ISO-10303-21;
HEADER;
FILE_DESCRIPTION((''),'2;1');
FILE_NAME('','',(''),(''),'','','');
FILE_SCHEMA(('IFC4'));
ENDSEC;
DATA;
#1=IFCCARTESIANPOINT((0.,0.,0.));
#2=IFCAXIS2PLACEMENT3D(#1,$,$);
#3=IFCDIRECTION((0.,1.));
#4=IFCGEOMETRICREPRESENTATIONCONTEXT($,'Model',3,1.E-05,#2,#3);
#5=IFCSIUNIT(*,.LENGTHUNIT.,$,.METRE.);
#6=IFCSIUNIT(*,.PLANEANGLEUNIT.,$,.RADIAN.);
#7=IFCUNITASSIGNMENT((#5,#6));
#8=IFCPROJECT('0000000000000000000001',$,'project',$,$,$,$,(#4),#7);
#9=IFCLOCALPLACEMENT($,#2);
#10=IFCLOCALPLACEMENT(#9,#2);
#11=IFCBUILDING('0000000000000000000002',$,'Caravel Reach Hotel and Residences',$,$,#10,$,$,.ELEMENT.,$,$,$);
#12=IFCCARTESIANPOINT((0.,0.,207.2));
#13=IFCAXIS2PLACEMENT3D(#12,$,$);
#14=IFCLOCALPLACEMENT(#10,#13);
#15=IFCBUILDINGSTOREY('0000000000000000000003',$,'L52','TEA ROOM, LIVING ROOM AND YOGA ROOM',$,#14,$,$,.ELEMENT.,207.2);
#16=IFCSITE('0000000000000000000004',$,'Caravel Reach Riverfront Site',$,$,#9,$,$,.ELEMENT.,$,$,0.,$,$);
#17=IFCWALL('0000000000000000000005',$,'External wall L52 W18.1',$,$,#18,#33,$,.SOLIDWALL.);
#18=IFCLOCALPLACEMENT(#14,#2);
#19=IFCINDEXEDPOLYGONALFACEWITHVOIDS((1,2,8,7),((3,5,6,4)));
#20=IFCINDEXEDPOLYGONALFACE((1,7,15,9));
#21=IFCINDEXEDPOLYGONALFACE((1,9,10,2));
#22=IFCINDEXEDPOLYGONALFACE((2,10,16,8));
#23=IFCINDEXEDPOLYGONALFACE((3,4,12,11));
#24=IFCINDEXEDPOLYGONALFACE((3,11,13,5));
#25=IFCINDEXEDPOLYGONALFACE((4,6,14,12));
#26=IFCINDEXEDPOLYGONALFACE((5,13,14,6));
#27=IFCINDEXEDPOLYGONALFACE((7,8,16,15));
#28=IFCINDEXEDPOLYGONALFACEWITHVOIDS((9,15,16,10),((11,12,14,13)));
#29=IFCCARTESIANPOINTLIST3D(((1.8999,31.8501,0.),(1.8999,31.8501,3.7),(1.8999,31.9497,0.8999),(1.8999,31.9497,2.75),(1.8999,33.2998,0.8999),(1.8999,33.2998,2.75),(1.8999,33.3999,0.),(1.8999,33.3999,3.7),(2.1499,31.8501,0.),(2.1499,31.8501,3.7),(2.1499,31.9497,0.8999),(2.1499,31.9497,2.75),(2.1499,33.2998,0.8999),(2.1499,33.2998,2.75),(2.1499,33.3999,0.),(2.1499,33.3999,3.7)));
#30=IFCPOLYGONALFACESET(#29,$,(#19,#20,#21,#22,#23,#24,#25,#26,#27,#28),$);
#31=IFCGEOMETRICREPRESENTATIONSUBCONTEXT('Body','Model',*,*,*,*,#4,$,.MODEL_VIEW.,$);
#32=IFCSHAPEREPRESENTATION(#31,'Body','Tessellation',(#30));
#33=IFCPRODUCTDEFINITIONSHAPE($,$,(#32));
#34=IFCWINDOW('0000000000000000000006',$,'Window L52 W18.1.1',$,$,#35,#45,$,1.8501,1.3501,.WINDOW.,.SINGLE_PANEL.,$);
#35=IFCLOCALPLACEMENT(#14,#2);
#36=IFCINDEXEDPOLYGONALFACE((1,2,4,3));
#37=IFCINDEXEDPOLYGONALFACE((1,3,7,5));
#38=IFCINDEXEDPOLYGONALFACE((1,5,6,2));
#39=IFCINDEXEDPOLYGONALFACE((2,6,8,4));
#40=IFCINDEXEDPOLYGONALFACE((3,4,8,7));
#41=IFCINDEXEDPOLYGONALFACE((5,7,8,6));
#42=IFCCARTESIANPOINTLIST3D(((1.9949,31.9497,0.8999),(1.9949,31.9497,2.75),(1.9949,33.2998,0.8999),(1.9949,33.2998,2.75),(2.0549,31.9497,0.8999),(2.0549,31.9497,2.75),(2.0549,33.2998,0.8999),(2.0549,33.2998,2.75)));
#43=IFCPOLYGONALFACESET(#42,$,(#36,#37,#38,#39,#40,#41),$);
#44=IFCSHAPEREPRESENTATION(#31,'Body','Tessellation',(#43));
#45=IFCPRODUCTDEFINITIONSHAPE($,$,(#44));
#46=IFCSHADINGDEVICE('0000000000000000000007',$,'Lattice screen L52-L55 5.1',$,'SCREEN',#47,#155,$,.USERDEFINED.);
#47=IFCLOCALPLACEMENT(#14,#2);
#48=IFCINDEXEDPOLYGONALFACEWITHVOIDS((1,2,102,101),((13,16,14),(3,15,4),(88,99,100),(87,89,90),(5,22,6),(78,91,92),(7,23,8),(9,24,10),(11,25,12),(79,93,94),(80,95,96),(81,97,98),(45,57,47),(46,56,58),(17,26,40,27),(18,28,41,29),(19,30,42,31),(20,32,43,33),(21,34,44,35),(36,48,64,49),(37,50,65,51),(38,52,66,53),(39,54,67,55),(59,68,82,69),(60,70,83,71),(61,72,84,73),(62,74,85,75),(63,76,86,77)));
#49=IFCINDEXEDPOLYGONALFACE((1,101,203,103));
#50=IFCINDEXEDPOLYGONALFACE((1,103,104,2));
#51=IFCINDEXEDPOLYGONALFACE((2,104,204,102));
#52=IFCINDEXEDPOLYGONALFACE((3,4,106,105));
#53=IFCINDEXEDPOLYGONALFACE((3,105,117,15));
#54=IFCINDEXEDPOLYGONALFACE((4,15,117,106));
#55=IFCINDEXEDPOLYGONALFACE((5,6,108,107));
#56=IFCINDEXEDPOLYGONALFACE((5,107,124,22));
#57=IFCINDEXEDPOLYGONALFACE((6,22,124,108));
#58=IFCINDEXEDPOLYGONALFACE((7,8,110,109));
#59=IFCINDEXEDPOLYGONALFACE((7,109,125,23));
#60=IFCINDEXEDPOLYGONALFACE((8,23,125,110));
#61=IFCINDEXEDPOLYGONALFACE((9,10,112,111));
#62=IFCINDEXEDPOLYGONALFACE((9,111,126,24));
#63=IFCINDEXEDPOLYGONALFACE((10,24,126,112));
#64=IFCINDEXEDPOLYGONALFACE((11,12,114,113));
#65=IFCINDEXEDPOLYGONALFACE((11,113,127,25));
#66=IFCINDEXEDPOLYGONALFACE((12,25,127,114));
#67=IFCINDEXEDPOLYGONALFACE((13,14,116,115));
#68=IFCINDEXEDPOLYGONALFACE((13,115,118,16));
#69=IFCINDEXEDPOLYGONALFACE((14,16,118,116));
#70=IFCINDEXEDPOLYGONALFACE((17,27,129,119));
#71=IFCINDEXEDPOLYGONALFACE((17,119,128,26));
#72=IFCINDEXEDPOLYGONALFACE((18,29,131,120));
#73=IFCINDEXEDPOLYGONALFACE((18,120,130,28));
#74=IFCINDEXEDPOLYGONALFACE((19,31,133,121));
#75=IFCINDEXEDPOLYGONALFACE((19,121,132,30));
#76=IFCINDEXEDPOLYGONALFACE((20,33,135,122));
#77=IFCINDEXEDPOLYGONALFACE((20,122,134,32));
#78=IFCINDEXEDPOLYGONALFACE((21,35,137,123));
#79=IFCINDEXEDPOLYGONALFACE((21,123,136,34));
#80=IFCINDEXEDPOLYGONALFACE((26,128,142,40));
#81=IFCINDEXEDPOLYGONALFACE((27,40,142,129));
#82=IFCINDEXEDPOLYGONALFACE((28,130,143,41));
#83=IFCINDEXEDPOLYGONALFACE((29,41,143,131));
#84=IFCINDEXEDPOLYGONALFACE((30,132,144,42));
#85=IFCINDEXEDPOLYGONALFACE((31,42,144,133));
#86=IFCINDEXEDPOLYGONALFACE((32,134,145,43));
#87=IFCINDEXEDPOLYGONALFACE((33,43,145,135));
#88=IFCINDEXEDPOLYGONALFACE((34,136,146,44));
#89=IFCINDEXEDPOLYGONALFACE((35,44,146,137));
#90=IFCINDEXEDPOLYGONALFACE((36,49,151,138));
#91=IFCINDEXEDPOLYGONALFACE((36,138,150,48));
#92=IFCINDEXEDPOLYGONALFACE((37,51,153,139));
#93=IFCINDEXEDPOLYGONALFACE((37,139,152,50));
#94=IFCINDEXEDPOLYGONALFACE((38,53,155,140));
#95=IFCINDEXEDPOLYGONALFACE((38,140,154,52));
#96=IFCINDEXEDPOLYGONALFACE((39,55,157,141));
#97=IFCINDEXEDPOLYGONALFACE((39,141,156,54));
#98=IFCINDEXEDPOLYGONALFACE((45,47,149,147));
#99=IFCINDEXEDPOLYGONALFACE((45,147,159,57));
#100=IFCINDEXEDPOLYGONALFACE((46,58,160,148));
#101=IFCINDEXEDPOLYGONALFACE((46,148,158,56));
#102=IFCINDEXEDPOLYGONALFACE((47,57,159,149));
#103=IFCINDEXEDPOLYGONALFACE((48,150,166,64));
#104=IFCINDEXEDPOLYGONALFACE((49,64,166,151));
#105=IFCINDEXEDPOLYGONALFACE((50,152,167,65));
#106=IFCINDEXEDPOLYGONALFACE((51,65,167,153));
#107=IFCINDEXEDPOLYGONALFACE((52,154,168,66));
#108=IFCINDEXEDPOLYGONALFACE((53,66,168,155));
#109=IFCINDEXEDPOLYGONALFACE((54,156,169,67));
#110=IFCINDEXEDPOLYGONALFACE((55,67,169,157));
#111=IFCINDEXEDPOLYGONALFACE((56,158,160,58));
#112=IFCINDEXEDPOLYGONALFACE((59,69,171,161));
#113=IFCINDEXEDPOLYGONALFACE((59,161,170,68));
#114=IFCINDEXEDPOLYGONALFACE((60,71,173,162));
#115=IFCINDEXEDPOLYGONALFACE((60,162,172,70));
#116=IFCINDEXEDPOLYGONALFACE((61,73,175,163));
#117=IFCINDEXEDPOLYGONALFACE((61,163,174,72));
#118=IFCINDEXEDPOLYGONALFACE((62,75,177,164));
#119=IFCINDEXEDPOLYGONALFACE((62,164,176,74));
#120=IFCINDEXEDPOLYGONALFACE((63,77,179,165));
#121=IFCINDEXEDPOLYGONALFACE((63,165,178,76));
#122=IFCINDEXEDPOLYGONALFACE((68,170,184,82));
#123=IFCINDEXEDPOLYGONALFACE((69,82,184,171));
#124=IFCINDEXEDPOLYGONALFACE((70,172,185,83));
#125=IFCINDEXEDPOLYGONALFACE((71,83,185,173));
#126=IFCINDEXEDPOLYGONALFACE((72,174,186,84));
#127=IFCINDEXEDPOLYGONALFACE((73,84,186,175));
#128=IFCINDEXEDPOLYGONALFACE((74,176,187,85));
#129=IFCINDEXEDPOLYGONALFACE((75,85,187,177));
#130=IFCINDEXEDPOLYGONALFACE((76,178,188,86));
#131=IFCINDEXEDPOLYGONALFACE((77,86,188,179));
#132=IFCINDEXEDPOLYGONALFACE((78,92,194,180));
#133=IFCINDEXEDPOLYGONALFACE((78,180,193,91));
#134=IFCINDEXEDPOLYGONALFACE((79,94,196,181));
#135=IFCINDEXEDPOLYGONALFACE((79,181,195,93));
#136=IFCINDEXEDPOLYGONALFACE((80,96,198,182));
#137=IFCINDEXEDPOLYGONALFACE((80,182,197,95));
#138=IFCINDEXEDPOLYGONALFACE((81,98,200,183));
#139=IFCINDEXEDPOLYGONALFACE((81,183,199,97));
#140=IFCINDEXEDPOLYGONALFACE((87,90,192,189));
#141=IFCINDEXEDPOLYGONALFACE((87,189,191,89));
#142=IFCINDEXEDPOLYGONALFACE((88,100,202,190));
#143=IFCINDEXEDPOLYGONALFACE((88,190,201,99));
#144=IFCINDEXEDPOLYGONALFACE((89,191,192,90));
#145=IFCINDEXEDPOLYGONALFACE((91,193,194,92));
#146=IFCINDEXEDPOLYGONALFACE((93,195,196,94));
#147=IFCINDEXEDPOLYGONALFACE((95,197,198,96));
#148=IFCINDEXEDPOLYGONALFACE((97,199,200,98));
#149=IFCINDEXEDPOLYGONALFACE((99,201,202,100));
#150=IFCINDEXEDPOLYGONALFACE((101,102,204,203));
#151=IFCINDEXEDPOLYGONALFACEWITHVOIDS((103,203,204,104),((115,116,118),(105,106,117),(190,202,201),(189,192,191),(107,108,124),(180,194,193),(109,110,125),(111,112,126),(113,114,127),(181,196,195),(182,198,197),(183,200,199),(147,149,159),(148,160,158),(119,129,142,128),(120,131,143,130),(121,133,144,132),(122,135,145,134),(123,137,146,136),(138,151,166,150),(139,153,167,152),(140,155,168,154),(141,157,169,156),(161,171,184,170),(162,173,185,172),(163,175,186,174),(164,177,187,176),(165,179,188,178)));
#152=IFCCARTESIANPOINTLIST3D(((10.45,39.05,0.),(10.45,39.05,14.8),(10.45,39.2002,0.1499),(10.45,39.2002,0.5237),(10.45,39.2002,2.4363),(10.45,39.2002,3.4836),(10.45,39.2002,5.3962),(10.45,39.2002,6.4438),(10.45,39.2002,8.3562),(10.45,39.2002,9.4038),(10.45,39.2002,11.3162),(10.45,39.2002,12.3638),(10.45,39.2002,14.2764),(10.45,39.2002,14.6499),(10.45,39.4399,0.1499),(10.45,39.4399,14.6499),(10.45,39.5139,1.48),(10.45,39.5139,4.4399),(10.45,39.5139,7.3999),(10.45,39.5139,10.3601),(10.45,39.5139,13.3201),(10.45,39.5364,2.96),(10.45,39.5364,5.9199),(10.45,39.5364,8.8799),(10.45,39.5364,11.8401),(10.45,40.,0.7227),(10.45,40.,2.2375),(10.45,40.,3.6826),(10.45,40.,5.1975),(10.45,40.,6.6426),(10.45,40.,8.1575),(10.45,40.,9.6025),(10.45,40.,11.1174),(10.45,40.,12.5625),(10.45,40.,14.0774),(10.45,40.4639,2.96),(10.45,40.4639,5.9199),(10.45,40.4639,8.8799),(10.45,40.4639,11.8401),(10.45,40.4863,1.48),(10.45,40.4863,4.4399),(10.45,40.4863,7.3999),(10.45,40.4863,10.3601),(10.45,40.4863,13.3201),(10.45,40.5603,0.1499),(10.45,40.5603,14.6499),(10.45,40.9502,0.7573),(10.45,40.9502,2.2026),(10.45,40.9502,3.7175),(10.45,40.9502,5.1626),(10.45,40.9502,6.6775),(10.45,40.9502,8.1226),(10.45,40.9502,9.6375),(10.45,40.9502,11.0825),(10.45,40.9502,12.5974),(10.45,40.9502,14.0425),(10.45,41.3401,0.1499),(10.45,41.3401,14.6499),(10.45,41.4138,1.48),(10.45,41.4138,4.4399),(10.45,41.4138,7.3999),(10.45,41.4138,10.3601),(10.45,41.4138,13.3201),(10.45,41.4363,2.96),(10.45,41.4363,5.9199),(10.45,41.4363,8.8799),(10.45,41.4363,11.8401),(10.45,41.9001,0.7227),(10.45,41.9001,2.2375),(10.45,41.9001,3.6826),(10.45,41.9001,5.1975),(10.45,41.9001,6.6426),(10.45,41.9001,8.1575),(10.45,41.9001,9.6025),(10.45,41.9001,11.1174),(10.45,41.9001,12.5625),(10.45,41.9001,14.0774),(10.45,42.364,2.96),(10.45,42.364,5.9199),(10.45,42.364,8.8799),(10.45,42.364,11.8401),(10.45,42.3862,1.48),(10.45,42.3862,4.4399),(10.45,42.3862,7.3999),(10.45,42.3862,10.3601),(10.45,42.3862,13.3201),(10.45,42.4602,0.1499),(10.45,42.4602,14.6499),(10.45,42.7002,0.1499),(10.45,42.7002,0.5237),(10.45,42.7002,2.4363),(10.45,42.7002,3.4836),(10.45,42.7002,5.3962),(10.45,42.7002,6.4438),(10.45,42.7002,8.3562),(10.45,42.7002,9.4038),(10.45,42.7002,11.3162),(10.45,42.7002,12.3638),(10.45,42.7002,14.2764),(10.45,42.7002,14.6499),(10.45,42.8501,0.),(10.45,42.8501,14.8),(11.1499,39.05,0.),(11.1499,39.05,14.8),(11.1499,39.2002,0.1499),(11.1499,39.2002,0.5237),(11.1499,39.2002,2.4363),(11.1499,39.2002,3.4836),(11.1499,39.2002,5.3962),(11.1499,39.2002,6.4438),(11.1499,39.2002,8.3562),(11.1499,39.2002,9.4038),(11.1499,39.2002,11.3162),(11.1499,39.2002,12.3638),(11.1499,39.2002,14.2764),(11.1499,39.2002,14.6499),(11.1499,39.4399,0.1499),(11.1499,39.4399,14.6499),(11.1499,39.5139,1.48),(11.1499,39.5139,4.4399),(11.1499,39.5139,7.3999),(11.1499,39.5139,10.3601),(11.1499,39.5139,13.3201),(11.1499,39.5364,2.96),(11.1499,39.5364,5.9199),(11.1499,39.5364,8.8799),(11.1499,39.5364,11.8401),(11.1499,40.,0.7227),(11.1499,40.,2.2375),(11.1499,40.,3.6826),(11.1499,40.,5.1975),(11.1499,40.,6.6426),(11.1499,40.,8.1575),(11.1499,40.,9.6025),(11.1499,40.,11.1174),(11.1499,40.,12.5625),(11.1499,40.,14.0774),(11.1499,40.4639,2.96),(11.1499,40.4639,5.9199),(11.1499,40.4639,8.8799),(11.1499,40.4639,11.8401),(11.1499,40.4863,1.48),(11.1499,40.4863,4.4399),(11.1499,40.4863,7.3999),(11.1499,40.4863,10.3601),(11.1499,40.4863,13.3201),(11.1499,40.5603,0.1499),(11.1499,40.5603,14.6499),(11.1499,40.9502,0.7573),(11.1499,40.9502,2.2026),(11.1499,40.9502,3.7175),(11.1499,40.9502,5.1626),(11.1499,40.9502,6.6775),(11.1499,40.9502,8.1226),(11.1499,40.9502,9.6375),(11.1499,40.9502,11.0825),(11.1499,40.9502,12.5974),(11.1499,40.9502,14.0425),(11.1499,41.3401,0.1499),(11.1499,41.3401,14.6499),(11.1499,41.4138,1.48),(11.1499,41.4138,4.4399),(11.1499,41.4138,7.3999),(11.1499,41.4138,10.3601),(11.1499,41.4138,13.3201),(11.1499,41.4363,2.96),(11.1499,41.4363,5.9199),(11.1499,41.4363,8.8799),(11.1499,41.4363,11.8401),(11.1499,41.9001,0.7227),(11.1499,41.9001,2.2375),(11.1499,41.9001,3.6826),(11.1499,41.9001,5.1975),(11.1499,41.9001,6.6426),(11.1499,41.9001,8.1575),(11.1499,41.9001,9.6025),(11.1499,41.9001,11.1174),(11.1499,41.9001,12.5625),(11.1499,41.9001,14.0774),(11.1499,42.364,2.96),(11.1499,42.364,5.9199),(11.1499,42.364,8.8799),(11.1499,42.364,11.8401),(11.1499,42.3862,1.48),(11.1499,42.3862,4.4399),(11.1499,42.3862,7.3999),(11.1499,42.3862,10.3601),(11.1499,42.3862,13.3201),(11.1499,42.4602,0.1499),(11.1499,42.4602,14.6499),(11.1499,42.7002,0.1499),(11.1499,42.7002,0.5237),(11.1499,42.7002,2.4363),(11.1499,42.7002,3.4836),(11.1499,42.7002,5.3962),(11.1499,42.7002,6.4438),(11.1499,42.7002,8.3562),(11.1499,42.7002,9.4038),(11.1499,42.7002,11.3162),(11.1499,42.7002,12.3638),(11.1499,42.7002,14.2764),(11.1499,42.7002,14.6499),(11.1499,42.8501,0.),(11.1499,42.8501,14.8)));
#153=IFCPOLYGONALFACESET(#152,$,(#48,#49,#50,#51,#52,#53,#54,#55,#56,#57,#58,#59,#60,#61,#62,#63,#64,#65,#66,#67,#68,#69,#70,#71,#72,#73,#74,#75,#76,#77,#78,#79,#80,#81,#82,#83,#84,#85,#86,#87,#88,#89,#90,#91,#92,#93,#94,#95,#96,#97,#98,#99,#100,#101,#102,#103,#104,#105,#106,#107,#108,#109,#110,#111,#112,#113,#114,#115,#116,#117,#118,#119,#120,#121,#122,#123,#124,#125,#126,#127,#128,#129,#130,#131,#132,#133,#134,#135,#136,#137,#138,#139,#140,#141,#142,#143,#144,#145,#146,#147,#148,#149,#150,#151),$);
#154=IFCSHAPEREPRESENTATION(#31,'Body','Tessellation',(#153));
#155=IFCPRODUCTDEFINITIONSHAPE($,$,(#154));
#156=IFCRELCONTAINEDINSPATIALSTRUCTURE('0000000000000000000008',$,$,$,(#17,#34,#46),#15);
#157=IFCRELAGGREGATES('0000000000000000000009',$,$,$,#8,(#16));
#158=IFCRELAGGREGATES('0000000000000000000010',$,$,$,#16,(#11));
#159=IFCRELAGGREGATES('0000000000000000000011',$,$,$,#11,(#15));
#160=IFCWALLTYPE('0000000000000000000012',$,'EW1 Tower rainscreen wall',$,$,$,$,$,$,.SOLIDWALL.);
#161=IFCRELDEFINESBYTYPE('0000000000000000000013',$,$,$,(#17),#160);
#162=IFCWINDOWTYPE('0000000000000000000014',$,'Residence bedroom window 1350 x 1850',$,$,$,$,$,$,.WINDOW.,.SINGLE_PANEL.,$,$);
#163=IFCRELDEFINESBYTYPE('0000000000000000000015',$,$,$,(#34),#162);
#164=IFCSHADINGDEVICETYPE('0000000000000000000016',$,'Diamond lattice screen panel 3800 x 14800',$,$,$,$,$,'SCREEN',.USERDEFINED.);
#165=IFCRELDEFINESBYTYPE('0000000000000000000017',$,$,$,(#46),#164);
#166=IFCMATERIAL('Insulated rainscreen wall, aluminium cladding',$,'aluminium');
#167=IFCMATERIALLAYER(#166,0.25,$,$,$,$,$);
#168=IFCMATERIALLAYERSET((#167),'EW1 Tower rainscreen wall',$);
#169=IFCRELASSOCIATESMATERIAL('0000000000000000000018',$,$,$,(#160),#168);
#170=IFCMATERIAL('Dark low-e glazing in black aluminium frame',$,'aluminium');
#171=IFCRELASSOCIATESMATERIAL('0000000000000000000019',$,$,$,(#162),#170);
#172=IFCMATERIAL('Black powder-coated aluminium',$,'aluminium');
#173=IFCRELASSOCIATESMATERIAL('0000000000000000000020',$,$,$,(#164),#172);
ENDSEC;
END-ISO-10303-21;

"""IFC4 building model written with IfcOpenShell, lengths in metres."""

from ifc_helpers import new_model, si_unit, direction, frame, frame_2d, origin, place, context, subcontext, project, spatial, polyline, rectangle, outline, extrude, material, layer, layer_set, type_object, element, fill, save


model = new_model("IFC4")

# Units and contexts
model_context = context("Model", 3, precision=1e-05, world=origin(), true_north=direction((0.0, 1.0)))
body_context = subcontext(model_context, "Body", "Model", "MODEL_VIEW")
ifc_project = project(units=[si_unit("LENGTHUNIT", "METRE"), si_unit("PLANEANGLEUNIT", "RADIAN")], contexts=[model_context])

# Site, building, storey
site_placement = place(None, origin())
site = spatial("IfcSite", under=ifc_project, at=site_placement, Name="Caravel Reach Riverfront Site", CompositionType="ELEMENT", RefElevation=0.0)
building_placement = place(site_placement, origin())
building = spatial("IfcBuilding", under=site, at=building_placement, Name="Caravel Reach Hotel and Residences", CompositionType="ELEMENT")
storey_placement = place(building_placement, frame((0.0, 0.0, 207.2)))
storey = spatial("IfcBuildingStorey", under=building, at=storey_placement, Name="L52", Description="TEA ROOM, LIVING ROOM AND YOGA ROOM", CompositionType="ELEMENT", Elevation=207.2)

# Shared definitions
ifc_material_1 = material(Name="Insulated rainscreen wall, aluminium cladding", Category="aluminium")
ifc_layer = layer(ifc_material_1, 0.25)
ifc_layer_set = layer_set([ifc_layer], Name="EW1 Tower rainscreen wall")
wall_type = type_object("IfcWallType", Name="EW1 Tower rainscreen wall", PredefinedType="SOLIDWALL", material=ifc_layer_set)

# Wall, opening, window
ifc_material_2 = material(Name="Dark low-e glazing in black aluminium frame", Category="aluminium")
window_type_1 = type_object("IfcWindowType", Name="Residence bedroom window 1350 x 1850", PartitioningType="SINGLE_PANEL", PredefinedType="WINDOW", material=ifc_material_2)
wall_1_placement = place(storey_placement, frame((2.0249, 33.3999, 0.0), z_axis=(0.0, 0.0, 1.0), x_axis=(0.0, -1.0, 0.0)))
wall_1 = element("IfcWall", 1, at=wall_1_placement, inside=storey, type_object=wall_type, Name="External wall L52 W18.1", PredefinedType="SOLIDWALL", context=body_context, shape_type="SweptSolid", body=[
    extrude(rectangle(XDim=1.5498, YDim=0.25, at=frame_2d((0.7749, 0.0))), origin(), (0.0, 0.0, 1.0), 3.7),
])
opening_1_placement = place(wall_1_placement, frame((0.1001, 0.0, 0.8999)))
opening_1 = element("IfcOpeningElement", 2, at=opening_1_placement, cuts=wall_1, PredefinedType="OPENING", context=body_context, shape_type="SweptSolid", body=[
    extrude(rectangle(XDim=1.3501, YDim=1.8501, at=frame_2d((0.675, 0.925))), frame((0.0, 0.135, 0.0), z_axis=(0.0, -1.0, 0.0), x_axis=(1.0, 0.0, 0.0)), (0.0, 0.0, 1.0), 0.27),
])
window_1_placement = place(opening_1_placement, origin())
window_1 = element("IfcWindow", 3, at=window_1_placement, inside=storey, type_object=window_type_1, Name="Window L52 W18.1.1", OverallHeight=1.8501, OverallWidth=1.3501, PartitioningType="SINGLE_PANEL", PredefinedType="WINDOW", context=body_context, shape_type="SweptSolid", body=[
    extrude(rectangle(XDim=1.3501, YDim=1.8501, at=frame_2d((0.675, 0.925))), frame((0.0, 0.03, 0.0), z_axis=(0.0, -1.0, 0.0), x_axis=(1.0, 0.0, 0.0)), (0.0, 0.0, 1.0), 0.0601),
])
fill(opening_1, window_1)

# Shading device
ifc_material_3 = material(Name="Black powder-coated aluminium", Category="aluminium")
shading_device_type_1 = type_object("IfcShadingDeviceType", Name="Diamond lattice screen panel 3800 x 14800", ElementType="SCREEN", PredefinedType="USERDEFINED", material=ifc_material_3)
shading_device_1_placement = place(storey_placement, frame((11.1499, 42.8501, 0.0), z_axis=(-1.0, 0.0, 0.0), x_axis=(0.0, -1.0, 0.0)))
element("IfcShadingDevice", 4, at=shading_device_1_placement, inside=storey, type_object=shading_device_type_1, Name="Lattice screen L52-L55 5.1", ObjectType="SCREEN", PredefinedType="USERDEFINED", context=body_context, shape_type="SweptSolid", body=[
    extrude(outline(polyline([(0.0, 0.0), (3.8, 0.0), (3.8, 14.8), (0.0, 14.8), (0.0, 0.0)]), holes=[polyline([(0.3899, 0.1499), (0.1499, 0.5237), (0.1499, 0.1499), (0.3899, 0.1499)]), polyline([(0.4861, 2.96), (0.1499, 3.4836), (0.1499, 2.4363), (0.4861, 2.96)]), polyline([(0.4861, 5.9199), (0.1499, 6.4438), (0.1499, 5.3962), (0.4861, 5.9199)]), polyline([(0.4861, 8.8799), (0.1499, 9.4038), (0.1499, 8.3562), (0.4861, 8.8799)]), polyline([(0.4861, 11.8401), (0.1499, 12.3638), (0.1499, 11.3162), (0.4861, 11.8401)]), polyline([(0.1499, 14.2764), (0.3899, 14.6499), (0.1499, 14.6499), (0.1499, 14.2764)]), polyline([(0.95, 2.2375), (0.4639, 1.48), (0.95, 0.7227), (1.4363, 1.48), (0.95, 2.2375)]), polyline([(0.95, 5.1975), (0.4639, 4.4399), (0.95, 3.6826), (1.4363, 4.4399), (0.95, 5.1975)]), polyline([(0.95, 8.1575), (0.4639, 7.3999), (0.95, 6.6426), (1.4363, 7.3999), (0.95, 8.1575)]), polyline([(0.95, 11.1174), (0.4639, 10.3601), (0.95, 9.6025), (1.4363, 10.3601), (0.95, 11.1174)]), polyline([(0.95, 14.0774), (0.4639, 13.3201), (0.95, 12.5625), (1.4363, 13.3201), (0.95, 14.0774)]), polyline([(1.8999, 0.7573), (1.51, 0.1499), (2.2898, 0.1499), (1.8999, 0.7573)]), polyline([(1.8999, 3.7175), (1.4138, 2.96), (1.8999, 2.2026), (2.3862, 2.96), (1.8999, 3.7175)]), polyline([(1.8999, 6.6775), (1.4138, 5.9199), (1.8999, 5.1626), (2.3862, 5.9199), (1.8999, 6.6775)]), polyline([(1.8999, 9.6375), (1.4138, 8.8799), (1.8999, 8.1226), (2.3862, 8.8799), (1.8999, 9.6375)]), polyline([(1.8999, 12.5974), (1.4138, 11.8401), (1.8999, 11.0825), (2.3862, 11.8401), (1.8999, 12.5974)]), polyline([(1.8999, 14.0425), (2.2898, 14.6499), (1.51, 14.6499), (1.8999, 14.0425)]), polyline([(2.8501, 2.2375), (2.3638, 1.48), (2.8501, 0.7227), (3.3362, 1.48), (2.8501, 2.2375)]), polyline([(2.8501, 5.1975), (2.3638, 4.4399), (2.8501, 3.6826), (3.3362, 4.4399), (2.8501, 5.1975)]), polyline([(2.8501, 8.1575), (2.3638, 7.3999), (2.8501, 6.6426), (3.3362, 7.3999), (2.8501, 8.1575)]), polyline([(2.8501, 11.1174), (2.3638, 10.3601), (2.8501, 9.6025), (3.3362, 10.3601), (2.8501, 11.1174)]), polyline([(2.8501, 14.0774), (2.3638, 13.3201), (2.8501, 12.5625), (3.3362, 13.3201), (2.8501, 14.0774)]), polyline([(3.6499, 0.5237), (3.4102, 0.1499), (3.6499, 0.1499), (3.6499, 0.5237)]), polyline([(3.3137, 2.96), (3.6499, 2.4363), (3.6499, 3.4836), (3.3137, 2.96)]), polyline([(3.3137, 5.9199), (3.6499, 5.3962), (3.6499, 6.4438), (3.3137, 5.9199)]), polyline([(3.3137, 8.8799), (3.6499, 8.3562), (3.6499, 9.4038), (3.3137, 8.8799)]), polyline([(3.3137, 11.8401), (3.6499, 11.3162), (3.6499, 12.3638), (3.3137, 11.8401)]), polyline([(3.4102, 14.6499), (3.6499, 14.2764), (3.6499, 14.6499), (3.4102, 14.6499)])]), origin(), (0.0, 0.0, 1.0), 0.7),
])

save(model, "model.ifc")
